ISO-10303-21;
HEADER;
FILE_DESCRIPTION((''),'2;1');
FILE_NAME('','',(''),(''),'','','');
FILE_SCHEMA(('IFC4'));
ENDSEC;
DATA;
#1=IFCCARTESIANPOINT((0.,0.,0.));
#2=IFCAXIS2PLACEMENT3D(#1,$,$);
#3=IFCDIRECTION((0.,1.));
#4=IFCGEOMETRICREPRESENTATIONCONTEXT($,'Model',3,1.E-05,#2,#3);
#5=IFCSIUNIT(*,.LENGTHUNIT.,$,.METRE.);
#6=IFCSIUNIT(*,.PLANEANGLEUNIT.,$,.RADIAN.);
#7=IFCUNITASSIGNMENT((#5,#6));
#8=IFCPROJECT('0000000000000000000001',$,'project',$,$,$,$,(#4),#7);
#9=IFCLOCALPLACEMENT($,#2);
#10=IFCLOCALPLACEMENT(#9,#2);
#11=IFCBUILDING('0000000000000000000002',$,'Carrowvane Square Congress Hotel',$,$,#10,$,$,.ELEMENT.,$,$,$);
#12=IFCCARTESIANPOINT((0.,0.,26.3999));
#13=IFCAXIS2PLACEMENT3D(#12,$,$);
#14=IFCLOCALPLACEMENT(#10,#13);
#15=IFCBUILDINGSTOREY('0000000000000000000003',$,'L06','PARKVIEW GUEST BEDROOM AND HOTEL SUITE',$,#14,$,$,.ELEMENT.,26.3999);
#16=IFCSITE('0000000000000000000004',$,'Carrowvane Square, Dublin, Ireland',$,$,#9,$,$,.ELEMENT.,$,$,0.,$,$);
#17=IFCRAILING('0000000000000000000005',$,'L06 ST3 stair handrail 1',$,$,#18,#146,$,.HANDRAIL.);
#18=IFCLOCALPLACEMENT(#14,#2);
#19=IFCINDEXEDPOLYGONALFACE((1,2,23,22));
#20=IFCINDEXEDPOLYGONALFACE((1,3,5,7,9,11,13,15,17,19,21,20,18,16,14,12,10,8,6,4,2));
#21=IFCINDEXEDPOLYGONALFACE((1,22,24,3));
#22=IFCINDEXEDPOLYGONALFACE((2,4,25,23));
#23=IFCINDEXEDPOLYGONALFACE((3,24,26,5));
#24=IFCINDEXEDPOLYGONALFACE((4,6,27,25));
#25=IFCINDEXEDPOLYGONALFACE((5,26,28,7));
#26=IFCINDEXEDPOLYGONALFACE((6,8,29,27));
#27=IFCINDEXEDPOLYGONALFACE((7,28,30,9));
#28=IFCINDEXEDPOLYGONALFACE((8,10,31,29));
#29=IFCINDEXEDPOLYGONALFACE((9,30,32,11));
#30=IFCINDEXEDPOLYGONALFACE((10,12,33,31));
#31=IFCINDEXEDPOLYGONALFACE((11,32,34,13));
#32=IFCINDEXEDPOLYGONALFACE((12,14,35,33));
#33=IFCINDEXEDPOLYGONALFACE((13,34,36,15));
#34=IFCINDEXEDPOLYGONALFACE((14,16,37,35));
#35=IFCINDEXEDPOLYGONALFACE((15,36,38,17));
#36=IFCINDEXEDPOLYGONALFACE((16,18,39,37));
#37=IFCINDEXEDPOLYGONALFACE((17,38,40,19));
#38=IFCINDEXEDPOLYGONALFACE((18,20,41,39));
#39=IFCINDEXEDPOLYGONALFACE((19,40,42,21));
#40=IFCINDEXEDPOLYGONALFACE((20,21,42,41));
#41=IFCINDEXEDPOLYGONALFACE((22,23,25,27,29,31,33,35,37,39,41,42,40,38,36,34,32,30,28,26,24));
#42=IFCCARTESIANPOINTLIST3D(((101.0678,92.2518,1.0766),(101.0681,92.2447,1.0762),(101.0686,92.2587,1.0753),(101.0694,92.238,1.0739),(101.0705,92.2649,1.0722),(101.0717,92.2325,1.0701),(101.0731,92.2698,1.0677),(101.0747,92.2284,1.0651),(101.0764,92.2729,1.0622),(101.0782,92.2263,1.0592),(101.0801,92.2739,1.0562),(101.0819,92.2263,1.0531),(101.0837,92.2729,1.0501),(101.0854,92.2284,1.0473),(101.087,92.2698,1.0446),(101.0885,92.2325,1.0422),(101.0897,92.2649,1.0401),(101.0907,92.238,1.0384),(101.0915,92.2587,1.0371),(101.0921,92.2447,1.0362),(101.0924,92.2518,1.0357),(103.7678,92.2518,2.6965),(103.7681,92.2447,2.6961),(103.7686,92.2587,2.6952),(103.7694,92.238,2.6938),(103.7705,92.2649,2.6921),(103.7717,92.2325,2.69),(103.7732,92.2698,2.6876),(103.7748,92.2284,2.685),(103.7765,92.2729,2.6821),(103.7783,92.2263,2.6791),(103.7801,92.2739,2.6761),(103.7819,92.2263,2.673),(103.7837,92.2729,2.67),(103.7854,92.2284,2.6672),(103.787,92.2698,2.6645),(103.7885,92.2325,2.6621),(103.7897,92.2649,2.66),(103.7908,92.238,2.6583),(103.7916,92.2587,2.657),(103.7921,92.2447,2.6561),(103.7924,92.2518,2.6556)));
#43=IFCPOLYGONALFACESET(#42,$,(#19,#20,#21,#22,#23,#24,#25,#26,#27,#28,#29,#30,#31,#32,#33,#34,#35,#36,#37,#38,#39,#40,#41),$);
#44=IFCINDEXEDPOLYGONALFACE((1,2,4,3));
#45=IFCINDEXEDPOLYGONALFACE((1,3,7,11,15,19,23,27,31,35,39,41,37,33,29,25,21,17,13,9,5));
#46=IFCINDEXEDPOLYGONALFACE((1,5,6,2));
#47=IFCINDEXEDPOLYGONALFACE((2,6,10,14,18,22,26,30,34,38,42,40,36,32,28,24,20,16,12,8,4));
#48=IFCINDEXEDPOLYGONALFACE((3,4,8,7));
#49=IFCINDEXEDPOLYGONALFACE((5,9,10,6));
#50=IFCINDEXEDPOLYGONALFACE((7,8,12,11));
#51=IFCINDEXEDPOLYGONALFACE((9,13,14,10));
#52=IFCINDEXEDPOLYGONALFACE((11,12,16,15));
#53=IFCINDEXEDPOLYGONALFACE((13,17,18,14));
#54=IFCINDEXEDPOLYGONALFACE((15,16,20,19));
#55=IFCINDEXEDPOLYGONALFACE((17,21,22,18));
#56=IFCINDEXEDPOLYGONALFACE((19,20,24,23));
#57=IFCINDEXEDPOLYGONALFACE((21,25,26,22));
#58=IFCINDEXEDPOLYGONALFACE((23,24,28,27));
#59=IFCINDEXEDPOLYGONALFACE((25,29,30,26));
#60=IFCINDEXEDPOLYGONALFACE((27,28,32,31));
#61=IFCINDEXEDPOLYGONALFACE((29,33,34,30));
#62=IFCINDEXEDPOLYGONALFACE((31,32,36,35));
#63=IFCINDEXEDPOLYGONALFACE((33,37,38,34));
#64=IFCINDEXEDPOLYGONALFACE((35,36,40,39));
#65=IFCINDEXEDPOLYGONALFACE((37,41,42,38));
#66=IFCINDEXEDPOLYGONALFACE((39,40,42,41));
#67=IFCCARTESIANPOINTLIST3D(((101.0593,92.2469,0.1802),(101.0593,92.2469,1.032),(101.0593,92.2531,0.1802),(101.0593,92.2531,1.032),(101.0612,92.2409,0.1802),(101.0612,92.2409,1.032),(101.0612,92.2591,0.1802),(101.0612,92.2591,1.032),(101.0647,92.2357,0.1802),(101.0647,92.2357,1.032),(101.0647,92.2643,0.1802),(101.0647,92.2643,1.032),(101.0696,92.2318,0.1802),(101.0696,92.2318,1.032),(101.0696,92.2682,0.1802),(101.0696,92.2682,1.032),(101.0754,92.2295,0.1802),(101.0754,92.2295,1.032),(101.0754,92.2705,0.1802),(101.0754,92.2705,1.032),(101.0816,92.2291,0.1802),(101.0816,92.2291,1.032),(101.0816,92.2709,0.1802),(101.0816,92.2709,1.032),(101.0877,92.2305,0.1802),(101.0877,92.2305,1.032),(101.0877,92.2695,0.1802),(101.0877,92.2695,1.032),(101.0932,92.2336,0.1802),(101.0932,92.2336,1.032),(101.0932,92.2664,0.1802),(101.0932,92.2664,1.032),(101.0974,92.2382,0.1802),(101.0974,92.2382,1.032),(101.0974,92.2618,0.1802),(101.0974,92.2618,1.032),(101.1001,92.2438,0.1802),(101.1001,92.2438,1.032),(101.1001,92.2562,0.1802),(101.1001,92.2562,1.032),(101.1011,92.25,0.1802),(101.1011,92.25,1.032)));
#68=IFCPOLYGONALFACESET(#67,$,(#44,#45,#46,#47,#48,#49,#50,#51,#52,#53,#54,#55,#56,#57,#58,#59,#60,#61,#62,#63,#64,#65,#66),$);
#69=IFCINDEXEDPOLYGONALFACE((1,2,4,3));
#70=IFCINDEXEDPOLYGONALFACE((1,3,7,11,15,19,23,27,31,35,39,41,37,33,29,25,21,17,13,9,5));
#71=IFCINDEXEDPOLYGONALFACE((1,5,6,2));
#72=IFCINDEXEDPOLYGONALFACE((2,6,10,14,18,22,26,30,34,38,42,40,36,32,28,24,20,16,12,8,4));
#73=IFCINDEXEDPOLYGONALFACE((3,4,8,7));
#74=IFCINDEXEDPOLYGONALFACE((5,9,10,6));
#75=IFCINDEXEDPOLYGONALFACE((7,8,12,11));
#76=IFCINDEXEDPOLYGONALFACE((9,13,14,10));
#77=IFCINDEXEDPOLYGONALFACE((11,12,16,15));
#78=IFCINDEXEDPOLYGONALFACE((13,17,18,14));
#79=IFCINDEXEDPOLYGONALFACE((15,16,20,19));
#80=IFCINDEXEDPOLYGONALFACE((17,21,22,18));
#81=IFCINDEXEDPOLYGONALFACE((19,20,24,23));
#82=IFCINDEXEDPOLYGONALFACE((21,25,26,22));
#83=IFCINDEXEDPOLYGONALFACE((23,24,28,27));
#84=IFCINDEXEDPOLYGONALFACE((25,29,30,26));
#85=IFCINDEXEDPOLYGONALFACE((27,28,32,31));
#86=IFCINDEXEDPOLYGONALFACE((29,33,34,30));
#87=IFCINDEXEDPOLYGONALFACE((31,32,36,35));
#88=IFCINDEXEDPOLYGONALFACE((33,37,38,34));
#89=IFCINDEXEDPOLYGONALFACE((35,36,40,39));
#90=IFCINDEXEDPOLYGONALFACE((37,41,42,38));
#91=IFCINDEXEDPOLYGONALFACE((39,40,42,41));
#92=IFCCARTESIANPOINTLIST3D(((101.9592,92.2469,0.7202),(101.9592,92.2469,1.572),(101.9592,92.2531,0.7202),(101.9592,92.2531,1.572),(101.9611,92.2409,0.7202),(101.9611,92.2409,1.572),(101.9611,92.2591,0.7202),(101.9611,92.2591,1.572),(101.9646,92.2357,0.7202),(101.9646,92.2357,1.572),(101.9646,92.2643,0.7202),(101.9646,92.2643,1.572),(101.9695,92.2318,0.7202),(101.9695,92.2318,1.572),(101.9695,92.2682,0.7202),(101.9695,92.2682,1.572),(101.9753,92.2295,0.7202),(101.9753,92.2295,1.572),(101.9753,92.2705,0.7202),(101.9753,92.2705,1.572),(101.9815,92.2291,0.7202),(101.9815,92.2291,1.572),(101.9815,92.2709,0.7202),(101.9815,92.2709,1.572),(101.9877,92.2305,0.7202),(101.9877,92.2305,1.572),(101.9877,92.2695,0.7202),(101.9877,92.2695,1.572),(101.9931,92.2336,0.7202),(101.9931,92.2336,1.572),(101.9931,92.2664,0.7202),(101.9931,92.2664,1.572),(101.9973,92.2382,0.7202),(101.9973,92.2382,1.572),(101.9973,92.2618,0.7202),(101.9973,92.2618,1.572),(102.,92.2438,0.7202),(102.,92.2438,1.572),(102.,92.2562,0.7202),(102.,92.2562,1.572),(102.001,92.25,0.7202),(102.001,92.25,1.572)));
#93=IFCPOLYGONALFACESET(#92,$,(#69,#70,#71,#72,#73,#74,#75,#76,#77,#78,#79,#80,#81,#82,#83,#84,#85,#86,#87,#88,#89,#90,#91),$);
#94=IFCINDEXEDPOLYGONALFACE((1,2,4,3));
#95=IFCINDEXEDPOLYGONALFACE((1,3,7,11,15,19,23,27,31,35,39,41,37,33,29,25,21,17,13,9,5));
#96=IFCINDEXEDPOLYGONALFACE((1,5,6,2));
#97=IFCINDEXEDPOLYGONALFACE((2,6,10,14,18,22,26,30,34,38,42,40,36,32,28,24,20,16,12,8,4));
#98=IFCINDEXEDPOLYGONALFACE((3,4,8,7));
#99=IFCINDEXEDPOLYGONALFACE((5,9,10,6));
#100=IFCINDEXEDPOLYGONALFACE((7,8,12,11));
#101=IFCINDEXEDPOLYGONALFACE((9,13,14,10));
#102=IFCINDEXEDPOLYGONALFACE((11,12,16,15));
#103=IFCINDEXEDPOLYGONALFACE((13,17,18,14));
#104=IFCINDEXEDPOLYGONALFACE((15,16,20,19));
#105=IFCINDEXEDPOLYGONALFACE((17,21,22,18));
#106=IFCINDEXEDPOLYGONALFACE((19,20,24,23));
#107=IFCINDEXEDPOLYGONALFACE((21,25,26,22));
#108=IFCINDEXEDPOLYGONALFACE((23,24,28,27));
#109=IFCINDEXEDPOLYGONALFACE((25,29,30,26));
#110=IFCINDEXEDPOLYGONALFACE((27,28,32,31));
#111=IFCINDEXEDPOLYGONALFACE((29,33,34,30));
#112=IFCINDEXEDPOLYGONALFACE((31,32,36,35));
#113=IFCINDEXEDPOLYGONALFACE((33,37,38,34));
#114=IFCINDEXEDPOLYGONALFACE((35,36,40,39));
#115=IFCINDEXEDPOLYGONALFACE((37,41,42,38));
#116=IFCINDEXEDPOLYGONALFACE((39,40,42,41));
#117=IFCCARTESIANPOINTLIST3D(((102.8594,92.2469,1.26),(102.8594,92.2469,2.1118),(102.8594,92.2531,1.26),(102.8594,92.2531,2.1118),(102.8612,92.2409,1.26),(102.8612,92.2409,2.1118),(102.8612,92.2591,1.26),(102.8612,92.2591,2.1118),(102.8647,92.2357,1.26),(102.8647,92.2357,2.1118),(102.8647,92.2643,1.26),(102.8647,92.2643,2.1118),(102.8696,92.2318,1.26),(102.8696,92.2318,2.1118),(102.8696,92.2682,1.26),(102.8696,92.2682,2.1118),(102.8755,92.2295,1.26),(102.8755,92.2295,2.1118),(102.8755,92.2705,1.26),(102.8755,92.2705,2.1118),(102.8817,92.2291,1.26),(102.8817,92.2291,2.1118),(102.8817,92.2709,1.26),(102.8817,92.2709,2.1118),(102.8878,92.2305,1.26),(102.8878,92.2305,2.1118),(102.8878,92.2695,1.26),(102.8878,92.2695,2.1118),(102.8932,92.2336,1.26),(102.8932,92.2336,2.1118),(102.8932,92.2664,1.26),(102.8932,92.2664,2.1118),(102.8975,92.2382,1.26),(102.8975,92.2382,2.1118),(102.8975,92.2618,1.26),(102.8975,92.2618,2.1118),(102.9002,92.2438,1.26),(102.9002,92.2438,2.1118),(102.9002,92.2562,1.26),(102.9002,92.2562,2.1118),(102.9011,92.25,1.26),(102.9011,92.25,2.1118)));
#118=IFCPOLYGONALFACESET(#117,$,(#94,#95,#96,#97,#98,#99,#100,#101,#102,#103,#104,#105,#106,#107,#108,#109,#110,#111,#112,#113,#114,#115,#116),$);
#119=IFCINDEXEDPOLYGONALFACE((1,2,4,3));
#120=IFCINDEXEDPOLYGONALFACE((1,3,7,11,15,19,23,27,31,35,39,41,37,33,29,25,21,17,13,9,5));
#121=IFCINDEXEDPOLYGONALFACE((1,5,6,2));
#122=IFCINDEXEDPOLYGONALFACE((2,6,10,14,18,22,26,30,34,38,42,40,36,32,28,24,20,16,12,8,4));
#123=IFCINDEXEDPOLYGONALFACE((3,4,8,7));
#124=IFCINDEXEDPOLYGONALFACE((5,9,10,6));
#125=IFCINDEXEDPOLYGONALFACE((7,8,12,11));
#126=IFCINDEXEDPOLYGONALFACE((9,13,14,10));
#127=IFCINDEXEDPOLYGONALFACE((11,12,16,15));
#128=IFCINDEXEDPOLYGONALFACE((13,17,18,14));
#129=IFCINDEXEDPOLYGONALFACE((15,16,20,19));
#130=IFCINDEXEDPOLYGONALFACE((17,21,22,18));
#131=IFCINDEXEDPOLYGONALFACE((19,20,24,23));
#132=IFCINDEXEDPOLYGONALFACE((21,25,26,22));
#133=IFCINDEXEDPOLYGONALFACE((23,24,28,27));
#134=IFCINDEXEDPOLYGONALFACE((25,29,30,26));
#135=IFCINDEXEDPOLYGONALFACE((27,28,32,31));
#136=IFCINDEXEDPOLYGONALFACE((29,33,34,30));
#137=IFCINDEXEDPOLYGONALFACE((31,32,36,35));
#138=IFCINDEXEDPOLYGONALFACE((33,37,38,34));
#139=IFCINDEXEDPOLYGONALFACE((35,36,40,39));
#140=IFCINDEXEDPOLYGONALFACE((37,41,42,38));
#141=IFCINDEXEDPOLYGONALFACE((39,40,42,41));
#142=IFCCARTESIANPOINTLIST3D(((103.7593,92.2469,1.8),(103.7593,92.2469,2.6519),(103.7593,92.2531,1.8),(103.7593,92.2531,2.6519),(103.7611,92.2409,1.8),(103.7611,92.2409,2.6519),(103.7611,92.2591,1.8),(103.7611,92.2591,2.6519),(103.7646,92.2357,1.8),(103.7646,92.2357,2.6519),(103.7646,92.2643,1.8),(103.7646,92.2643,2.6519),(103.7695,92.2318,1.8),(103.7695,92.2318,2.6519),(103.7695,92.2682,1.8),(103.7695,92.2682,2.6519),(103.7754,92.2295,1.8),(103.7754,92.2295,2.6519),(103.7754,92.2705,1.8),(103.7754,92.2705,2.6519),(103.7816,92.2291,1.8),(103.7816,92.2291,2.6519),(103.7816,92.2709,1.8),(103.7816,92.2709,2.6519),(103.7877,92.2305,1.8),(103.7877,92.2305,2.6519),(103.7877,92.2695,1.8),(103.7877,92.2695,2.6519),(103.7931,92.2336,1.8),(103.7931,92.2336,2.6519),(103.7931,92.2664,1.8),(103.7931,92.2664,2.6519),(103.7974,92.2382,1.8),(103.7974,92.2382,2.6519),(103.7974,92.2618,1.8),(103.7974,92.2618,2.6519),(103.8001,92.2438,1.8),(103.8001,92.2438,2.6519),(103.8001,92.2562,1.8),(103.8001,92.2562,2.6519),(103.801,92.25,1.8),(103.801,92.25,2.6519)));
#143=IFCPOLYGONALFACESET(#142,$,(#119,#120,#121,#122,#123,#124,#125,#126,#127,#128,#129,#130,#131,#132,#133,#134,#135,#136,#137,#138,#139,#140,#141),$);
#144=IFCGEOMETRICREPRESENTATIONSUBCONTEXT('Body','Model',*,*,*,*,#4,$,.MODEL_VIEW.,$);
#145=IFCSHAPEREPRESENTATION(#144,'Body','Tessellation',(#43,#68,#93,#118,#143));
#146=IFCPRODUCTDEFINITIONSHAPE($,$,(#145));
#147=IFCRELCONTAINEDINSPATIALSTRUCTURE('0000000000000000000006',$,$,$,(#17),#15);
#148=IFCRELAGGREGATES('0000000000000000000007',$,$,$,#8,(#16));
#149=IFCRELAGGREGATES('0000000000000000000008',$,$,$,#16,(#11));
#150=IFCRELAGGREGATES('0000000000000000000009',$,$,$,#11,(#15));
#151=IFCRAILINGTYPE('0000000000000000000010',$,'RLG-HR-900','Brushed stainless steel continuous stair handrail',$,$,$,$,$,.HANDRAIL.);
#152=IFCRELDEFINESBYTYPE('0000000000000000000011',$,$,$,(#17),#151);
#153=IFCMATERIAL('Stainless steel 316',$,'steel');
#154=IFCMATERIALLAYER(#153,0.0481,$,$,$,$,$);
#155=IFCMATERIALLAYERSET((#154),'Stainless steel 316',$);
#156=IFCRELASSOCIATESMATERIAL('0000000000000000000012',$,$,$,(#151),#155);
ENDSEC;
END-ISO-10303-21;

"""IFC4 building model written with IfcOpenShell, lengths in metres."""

from ifc_helpers import new_model, si_unit, direction, frame, origin, origin_2d, place, context, subcontext, project, spatial, circle, extrude, material, layer, layer_set, type_object, element, save


model = new_model("IFC4")

# Units and contexts
model_context = context("Model", 3, precision=1e-05, world=origin(), true_north=direction((0.0, 1.0)))
body_context = subcontext(model_context, "Body", "Model", "MODEL_VIEW")
ifc_project = project(units=[si_unit("LENGTHUNIT", "METRE"), si_unit("PLANEANGLEUNIT", "RADIAN")], contexts=[model_context])

# Site, building, storey
site_placement = place(None, origin())
site = spatial("IfcSite", under=ifc_project, at=site_placement, Name="Carrowvane Square, Dublin, Ireland", CompositionType="ELEMENT", RefElevation=0.0)
building_placement = place(site_placement, origin())
building = spatial("IfcBuilding", under=site, at=building_placement, Name="Carrowvane Square Congress Hotel", CompositionType="ELEMENT")
storey_placement = place(building_placement, frame((0.0, 0.0, 26.3999)))
storey = spatial("IfcBuildingStorey", under=building, at=storey_placement, Name="L06", Description="PARKVIEW GUEST BEDROOM AND HOTEL SUITE", CompositionType="ELEMENT", Elevation=26.3999)

# Railing
ifc_material_1 = material(Name="Stainless steel 316", Category="steel")
ifc_layer_1 = layer(ifc_material_1, 0.0481)
ifc_layer_set_1 = layer_set([ifc_layer_1], Name="Stainless steel 316")
railing_type_1 = type_object("IfcRailingType", Name="RLG-HR-900", Description="Brushed stainless steel continuous stair handrail", PredefinedType="HANDRAIL", material=ifc_layer_set_1)
railing_1_placement = place(storey_placement, frame((101.0801, 92.25, 0.1802)))
element("IfcRailing", 1, at=railing_1_placement, inside=storey, type_object=railing_type_1, Name="L06 ST3 stair handrail 1", PredefinedType="HANDRAIL", context=body_context, shape_type="SweptSolid", body=[
    extrude(circle(Radius=0.0239, at=origin_2d()), frame((0.0, 0.0, 0.876), z_axis=(0.857507, 0.0, 0.514473), x_axis=(0.0, 1.0, 0.0)), (0.0, 0.0, 1.0), 3.1487),
    extrude(circle(Radius=0.021, at=origin_2d()), origin(), (0.0, 0.0, 1.0), 0.8518),
    extrude(circle(Radius=0.021, at=origin_2d()), frame((0.8999, 0.0, 0.54)), (0.0, 0.0, 1.0), 0.8518),
    extrude(circle(Radius=0.021, at=origin_2d()), frame((1.8, 0.0, 1.0798)), (0.0, 0.0, 1.0), 0.8518),
    extrude(circle(Radius=0.021, at=origin_2d()), frame((2.7, 0.0, 1.6199)), (0.0, 0.0, 1.0), 0.8518),
])

save(model, "model.ifc")
